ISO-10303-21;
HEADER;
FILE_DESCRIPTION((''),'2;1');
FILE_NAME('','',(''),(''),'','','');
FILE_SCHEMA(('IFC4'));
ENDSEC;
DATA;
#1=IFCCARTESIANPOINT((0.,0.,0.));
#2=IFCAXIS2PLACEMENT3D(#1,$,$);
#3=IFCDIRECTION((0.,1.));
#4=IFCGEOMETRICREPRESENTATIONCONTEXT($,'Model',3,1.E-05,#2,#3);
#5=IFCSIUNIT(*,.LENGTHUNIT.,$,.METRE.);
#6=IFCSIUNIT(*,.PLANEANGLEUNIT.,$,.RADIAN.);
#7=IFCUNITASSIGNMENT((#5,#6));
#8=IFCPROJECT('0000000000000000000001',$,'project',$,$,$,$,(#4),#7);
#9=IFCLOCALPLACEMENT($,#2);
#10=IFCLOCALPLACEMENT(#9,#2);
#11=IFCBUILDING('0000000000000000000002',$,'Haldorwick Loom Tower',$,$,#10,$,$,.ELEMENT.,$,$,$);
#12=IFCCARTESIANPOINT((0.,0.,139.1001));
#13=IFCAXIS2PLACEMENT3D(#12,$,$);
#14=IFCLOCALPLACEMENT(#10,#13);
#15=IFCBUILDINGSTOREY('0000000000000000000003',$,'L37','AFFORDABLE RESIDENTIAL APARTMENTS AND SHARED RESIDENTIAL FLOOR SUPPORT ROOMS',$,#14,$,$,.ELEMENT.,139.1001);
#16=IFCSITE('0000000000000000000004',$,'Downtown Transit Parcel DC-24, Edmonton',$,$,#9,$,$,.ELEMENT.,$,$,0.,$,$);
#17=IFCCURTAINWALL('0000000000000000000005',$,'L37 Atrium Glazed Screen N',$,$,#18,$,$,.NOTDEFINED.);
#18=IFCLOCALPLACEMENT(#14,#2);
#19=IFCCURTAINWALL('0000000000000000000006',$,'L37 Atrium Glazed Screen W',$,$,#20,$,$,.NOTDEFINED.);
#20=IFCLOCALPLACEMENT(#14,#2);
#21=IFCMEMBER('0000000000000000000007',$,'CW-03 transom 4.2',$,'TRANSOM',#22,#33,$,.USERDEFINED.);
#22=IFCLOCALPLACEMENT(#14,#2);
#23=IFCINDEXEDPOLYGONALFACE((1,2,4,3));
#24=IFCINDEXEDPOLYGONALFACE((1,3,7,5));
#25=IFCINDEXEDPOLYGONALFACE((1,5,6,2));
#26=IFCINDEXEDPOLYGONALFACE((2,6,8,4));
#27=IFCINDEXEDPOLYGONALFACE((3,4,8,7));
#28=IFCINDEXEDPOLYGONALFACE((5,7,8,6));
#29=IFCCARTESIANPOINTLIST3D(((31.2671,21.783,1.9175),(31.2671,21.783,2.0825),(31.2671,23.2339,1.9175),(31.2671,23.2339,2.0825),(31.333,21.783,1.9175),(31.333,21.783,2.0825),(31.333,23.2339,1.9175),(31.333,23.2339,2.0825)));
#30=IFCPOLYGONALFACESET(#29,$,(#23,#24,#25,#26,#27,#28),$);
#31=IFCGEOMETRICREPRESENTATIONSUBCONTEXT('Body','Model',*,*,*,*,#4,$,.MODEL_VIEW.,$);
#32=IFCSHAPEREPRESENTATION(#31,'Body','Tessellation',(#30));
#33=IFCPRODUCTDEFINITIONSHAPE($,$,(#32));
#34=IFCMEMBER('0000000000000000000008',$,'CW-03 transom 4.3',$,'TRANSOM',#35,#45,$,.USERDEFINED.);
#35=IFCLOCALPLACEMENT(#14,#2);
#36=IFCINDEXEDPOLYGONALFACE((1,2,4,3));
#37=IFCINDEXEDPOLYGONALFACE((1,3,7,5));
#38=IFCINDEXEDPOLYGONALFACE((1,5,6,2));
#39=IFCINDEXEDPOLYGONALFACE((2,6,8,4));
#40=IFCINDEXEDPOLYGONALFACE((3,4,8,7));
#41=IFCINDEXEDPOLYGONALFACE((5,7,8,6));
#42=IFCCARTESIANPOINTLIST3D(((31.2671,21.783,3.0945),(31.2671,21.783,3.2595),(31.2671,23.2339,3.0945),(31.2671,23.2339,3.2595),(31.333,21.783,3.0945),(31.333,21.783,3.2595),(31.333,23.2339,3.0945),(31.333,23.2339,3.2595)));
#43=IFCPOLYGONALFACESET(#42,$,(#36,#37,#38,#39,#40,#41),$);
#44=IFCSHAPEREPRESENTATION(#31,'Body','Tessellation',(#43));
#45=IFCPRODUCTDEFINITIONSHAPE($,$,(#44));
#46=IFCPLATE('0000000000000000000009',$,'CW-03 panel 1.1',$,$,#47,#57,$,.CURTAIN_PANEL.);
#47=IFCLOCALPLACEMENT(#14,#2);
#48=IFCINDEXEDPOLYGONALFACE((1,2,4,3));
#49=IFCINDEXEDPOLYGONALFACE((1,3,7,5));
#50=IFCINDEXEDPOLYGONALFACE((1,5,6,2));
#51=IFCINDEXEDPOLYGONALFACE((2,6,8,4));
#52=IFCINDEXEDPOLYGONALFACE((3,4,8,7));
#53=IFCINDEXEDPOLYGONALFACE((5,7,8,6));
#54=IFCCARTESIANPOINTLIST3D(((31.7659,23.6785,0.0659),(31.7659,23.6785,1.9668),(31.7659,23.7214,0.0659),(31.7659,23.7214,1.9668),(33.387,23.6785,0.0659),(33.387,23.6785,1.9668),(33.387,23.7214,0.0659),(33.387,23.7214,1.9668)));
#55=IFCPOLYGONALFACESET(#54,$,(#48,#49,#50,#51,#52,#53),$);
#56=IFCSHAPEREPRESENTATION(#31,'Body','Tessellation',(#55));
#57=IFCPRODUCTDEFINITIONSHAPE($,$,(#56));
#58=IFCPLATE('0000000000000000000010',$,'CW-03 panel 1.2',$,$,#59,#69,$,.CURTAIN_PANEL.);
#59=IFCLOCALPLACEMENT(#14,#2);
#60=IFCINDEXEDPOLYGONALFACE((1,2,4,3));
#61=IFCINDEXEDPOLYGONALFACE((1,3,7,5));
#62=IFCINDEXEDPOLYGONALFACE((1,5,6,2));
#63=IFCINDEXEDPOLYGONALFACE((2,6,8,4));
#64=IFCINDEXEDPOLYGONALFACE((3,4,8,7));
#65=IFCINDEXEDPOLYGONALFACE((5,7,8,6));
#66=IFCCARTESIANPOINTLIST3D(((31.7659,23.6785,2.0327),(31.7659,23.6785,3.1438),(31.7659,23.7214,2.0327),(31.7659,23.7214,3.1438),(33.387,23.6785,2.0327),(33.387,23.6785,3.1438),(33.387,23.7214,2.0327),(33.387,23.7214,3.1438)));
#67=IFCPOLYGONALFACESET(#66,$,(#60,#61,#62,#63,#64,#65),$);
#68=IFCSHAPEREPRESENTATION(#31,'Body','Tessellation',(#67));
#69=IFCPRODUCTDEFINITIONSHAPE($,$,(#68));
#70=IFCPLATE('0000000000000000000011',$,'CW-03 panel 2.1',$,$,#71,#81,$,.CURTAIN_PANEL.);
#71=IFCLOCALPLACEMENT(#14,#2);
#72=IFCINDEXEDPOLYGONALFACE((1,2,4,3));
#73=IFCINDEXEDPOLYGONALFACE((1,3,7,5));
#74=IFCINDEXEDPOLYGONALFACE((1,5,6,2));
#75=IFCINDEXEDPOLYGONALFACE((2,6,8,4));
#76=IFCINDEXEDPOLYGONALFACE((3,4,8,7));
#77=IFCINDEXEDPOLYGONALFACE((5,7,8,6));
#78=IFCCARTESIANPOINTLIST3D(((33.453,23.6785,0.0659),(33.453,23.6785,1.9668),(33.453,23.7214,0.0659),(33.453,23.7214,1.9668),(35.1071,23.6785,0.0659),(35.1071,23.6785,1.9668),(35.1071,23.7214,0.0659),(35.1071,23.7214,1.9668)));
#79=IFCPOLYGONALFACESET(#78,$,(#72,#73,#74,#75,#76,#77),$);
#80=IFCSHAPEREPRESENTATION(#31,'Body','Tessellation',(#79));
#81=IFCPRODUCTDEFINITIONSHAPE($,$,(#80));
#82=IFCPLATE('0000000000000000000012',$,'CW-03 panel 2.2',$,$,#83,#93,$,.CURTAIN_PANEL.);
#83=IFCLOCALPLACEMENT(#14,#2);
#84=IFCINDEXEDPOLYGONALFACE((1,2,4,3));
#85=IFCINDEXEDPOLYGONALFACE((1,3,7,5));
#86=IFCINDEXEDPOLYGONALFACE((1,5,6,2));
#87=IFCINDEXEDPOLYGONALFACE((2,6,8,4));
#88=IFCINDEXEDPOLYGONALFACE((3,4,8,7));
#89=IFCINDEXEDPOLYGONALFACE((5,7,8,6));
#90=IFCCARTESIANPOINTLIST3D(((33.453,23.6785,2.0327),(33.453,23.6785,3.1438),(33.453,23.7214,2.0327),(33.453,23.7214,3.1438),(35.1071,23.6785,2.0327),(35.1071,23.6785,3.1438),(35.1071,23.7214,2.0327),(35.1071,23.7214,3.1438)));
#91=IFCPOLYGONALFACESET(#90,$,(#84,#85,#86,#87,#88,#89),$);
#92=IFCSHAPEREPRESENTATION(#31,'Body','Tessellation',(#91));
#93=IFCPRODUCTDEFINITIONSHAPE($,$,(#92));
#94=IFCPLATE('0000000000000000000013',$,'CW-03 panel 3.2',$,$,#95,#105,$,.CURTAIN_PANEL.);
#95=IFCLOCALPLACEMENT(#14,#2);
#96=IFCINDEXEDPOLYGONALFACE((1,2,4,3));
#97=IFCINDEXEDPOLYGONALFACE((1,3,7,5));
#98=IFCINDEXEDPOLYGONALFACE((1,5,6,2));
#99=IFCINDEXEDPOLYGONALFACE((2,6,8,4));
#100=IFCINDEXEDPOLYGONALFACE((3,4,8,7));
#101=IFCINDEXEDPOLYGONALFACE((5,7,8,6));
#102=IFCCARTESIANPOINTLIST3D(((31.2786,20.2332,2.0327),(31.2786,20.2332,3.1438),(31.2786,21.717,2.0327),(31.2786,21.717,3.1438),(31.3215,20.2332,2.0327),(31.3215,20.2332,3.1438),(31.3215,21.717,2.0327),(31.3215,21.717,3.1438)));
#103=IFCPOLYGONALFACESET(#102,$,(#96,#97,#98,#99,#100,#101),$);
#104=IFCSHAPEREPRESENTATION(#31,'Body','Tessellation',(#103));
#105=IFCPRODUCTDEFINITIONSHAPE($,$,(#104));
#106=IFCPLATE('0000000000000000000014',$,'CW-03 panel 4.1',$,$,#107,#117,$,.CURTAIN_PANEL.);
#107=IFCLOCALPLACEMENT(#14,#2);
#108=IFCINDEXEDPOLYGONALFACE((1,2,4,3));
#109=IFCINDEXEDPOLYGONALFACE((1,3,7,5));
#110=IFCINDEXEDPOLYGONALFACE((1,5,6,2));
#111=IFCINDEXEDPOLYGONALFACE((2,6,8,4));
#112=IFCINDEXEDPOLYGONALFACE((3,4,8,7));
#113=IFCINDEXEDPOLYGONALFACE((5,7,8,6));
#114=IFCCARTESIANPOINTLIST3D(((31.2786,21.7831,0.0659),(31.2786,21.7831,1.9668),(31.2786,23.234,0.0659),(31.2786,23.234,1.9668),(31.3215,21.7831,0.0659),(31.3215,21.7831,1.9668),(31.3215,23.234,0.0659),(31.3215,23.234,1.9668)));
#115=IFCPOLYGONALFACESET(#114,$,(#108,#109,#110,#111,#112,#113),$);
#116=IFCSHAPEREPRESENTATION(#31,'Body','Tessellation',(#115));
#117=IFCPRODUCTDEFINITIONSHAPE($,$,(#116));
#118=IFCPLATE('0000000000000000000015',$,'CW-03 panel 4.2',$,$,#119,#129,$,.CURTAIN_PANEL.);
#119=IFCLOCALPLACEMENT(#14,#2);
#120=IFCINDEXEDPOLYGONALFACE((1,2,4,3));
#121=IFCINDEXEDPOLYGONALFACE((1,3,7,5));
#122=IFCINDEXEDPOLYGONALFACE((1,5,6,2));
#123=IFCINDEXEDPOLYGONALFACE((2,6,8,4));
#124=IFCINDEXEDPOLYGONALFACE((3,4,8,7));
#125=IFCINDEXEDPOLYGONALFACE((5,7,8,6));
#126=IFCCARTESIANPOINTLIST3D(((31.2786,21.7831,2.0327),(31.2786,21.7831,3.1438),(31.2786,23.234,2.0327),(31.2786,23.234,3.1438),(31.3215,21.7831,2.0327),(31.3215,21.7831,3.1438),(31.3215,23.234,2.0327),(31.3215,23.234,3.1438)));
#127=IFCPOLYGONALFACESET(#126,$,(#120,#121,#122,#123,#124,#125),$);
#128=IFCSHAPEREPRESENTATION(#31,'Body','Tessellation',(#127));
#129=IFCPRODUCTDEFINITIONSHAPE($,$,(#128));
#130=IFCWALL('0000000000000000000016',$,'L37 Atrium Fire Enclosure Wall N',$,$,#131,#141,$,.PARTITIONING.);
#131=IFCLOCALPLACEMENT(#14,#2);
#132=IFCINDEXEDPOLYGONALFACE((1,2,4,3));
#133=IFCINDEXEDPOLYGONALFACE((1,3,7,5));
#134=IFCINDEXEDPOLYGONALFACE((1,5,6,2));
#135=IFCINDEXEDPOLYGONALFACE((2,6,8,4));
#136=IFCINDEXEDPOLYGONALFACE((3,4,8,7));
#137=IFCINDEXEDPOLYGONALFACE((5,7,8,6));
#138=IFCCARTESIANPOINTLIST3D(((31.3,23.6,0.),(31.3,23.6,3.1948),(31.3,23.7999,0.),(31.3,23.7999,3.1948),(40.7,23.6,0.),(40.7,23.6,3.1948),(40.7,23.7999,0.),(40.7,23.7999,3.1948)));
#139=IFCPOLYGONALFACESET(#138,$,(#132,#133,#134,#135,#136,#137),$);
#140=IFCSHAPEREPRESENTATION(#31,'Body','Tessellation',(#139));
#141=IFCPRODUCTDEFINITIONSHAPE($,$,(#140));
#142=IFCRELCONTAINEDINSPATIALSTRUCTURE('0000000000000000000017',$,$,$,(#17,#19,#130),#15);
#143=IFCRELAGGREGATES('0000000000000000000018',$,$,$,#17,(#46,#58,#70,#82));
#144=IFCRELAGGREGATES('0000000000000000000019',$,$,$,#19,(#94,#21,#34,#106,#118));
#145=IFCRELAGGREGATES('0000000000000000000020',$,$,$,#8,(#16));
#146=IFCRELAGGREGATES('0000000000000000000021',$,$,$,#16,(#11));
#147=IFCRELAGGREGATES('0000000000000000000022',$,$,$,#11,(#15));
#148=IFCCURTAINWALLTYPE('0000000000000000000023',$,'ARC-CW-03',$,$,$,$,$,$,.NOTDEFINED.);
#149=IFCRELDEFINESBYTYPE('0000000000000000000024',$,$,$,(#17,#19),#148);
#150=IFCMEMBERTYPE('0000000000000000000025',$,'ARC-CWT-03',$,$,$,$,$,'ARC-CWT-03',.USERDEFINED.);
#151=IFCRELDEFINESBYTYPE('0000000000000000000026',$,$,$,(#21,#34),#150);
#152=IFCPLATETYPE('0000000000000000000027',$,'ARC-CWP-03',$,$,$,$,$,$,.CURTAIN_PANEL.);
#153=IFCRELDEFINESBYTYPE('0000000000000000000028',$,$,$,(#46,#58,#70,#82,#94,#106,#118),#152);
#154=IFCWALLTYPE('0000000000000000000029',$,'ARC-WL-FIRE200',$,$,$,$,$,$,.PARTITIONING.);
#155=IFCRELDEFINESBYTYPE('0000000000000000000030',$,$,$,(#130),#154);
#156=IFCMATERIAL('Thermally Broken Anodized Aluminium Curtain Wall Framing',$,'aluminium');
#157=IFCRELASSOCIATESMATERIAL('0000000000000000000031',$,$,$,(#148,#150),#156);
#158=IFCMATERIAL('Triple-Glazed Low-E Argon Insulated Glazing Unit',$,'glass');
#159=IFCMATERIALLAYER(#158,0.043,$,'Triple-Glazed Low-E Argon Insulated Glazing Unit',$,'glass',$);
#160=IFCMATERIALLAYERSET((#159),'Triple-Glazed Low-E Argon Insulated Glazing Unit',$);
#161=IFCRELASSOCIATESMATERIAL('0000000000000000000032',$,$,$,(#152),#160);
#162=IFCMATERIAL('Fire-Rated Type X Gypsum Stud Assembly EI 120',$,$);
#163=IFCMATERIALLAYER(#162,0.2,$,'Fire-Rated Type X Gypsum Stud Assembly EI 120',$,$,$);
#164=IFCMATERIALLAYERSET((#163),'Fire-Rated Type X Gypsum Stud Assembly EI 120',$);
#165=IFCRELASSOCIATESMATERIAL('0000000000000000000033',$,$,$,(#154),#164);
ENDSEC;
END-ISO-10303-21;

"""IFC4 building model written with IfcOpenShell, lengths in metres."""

from ifc_helpers import new_model, si_unit, direction, frame, frame_2d, origin, origin_2d, place, context, subcontext, project, spatial, rectangle, extrude, material, layer, layer_set, material_profile, profile_set, type_object, element, aggregate, save


model = new_model("IFC4")

# Units and contexts
model_context = context("Model", 3, precision=1e-05, world=origin(), true_north=direction((0.0, 1.0)))
body_context = subcontext(model_context, "Body", "Model", "MODEL_VIEW")
ifc_project = project(units=[si_unit("LENGTHUNIT", "METRE"), si_unit("PLANEANGLEUNIT", "RADIAN")], contexts=[model_context])

# Site, building, storey
site_placement = place(None, origin())
site = spatial("IfcSite", under=ifc_project, at=site_placement, Name="Downtown Transit Parcel DC-24, Edmonton", CompositionType="ELEMENT", RefElevation=0.0)
building_placement = place(site_placement, origin())
building = spatial("IfcBuilding", under=site, at=building_placement, Name="Haldorwick Loom Tower", CompositionType="ELEMENT")
storey_placement = place(building_placement, frame((0.0, 0.0, 139.1001)))
storey = spatial("IfcBuildingStorey", under=building, at=storey_placement, Name="L37", Description="AFFORDABLE RESIDENTIAL APARTMENTS AND SHARED RESIDENTIAL FLOOR SUPPORT ROOMS", CompositionType="ELEMENT", Elevation=139.1001)

# Curtain walls
ifc_material_1 = material(Name="Thermally Broken Anodized Aluminium Curtain Wall Framing", Category="aluminium")
curtain_wall_type = type_object("IfcCurtainWallType", Name="ARC-CW-03", PredefinedType="NOTDEFINED", material=ifc_material_1)
curtain_wall_1_placement = place(storey_placement, origin())
curtain_wall_1 = element("IfcCurtainWall", 1, at=curtain_wall_1_placement, inside=storey, type_object=curtain_wall_type, Name="L37 Atrium Glazed Screen N", PredefinedType="NOTDEFINED")
curtain_wall_2_placement = place(storey_placement, origin())
curtain_wall_2 = element("IfcCurtainWall", 2, at=curtain_wall_2_placement, inside=storey, type_object=curtain_wall_type, Name="L37 Atrium Glazed Screen W", PredefinedType="NOTDEFINED")

# Members
ifc_material_profile_1 = material_profile(ifc_material_1, rectangle(XDim=0.0659, YDim=0.165, at=origin_2d()), Name="ALU_TRN_66X165", Category="aluminium")
ifc_profile_set_1 = profile_set([ifc_material_profile_1], Name="Thermally Broken Anodized Aluminium Curtain Wall Framing")
member_type_1 = type_object("IfcMemberType", Name="ARC-CWT-03", ElementType="ARC-CWT-03", PredefinedType="USERDEFINED", material=ifc_profile_set_1)
member_1_placement = place(storey_placement, frame((31.3, 21.783, 2.0), z_axis=(0.0, 1.0, 0.0), x_axis=(-1.0, 0.0, 0.0)))
member_1 = element("IfcMember", 3, at=member_1_placement, type_object=member_type_1, Name="CW-03 transom 4.2", ObjectType="TRANSOM", PredefinedType="USERDEFINED", context=body_context, shape_type="SweptSolid", body=[
    extrude(rectangle(XDim=0.0659, YDim=0.165, at=origin_2d()), origin(), (0.0, 0.0, 1.0), 1.4509),
])
member_2_placement = place(storey_placement, frame((31.3, 21.783, 3.177), z_axis=(0.0, 1.0, 0.0), x_axis=(-1.0, 0.0, 0.0)))
member_2 = element("IfcMember", 4, at=member_2_placement, type_object=member_type_1, Name="CW-03 transom 4.3", ObjectType="TRANSOM", PredefinedType="USERDEFINED", context=body_context, shape_type="SweptSolid", body=[
    extrude(rectangle(XDim=0.0659, YDim=0.165, at=origin_2d()), origin(), (0.0, 0.0, 1.0), 1.4509),
])

# Plates
ifc_material_2 = material(Name="Triple-Glazed Low-E Argon Insulated Glazing Unit", Category="glass")
ifc_layer_1 = layer(ifc_material_2, 0.043, Name="Triple-Glazed Low-E Argon Insulated Glazing Unit", Category="glass")
ifc_layer_set_1 = layer_set([ifc_layer_1], Name="Triple-Glazed Low-E Argon Insulated Glazing Unit")
plate_type = type_object("IfcPlateType", Name="ARC-CWP-03", PredefinedType="CURTAIN_PANEL", material=ifc_layer_set_1)
plate_1_placement = place(storey_placement, frame((32.5764, 23.7, 0.0659), z_axis=(0.0, 0.0, 1.0), x_axis=(1.0, 0.0, 0.0)))
plate_1 = element("IfcPlate", 5, at=plate_1_placement, type_object=plate_type, Name="CW-03 panel 1.1", PredefinedType="CURTAIN_PANEL", context=body_context, shape_type="SweptSolid", body=[
    extrude(rectangle(XDim=1.6211, YDim=0.043, at=origin_2d()), origin(), (0.0, 0.0, 1.0), 1.9009),
])
plate_2_placement = place(storey_placement, frame((32.5764, 23.7, 2.0327), z_axis=(0.0, 0.0, 1.0), x_axis=(1.0, 0.0, 0.0)))
plate_2 = element("IfcPlate", 6, at=plate_2_placement, type_object=plate_type, Name="CW-03 panel 1.2", PredefinedType="CURTAIN_PANEL", context=body_context, shape_type="SweptSolid", body=[
    extrude(rectangle(XDim=1.6211, YDim=0.043, at=origin_2d()), origin(), (0.0, 0.0, 1.0), 1.1111),
])
plate_3_placement = place(storey_placement, frame((34.28, 23.7, 0.0659), z_axis=(0.0, 0.0, 1.0), x_axis=(1.0, 0.0, 0.0)))
plate_3 = element("IfcPlate", 7, at=plate_3_placement, type_object=plate_type, Name="CW-03 panel 2.1", PredefinedType="CURTAIN_PANEL", context=body_context, shape_type="SweptSolid", body=[
    extrude(rectangle(XDim=1.6541, YDim=0.043, at=origin_2d()), origin(), (0.0, 0.0, 1.0), 1.9009),
])
plate_4_placement = place(storey_placement, frame((34.28, 23.7, 2.0327), z_axis=(0.0, 0.0, 1.0), x_axis=(1.0, 0.0, 0.0)))
plate_4 = element("IfcPlate", 8, at=plate_4_placement, type_object=plate_type, Name="CW-03 panel 2.2", PredefinedType="CURTAIN_PANEL", context=body_context, shape_type="SweptSolid", body=[
    extrude(rectangle(XDim=1.6541, YDim=0.043, at=origin_2d()), origin(), (0.0, 0.0, 1.0), 1.1111),
])
aggregate(curtain_wall_1, [plate_1, plate_2, plate_3, plate_4])
plate_5_placement = place(storey_placement, frame((31.3, 20.9751, 2.0327), z_axis=(0.0, 0.0, 1.0), x_axis=(0.0, 1.0, 0.0)))
plate_5 = element("IfcPlate", 9, at=plate_5_placement, type_object=plate_type, Name="CW-03 panel 3.2", PredefinedType="CURTAIN_PANEL", context=body_context, shape_type="SweptSolid", body=[
    extrude(rectangle(XDim=1.4839, YDim=0.043, at=origin_2d()), origin(), (0.0, 0.0, 1.0), 1.1111),
])
plate_6_placement = place(storey_placement, frame((31.3, 22.5085, 0.0659), z_axis=(0.0, 0.0, 1.0), x_axis=(0.0, 1.0, 0.0)))
plate_6 = element("IfcPlate", 10, at=plate_6_placement, type_object=plate_type, Name="CW-03 panel 4.1", PredefinedType="CURTAIN_PANEL", context=body_context, shape_type="SweptSolid", body=[
    extrude(rectangle(XDim=1.4509, YDim=0.043, at=origin_2d()), origin(), (0.0, 0.0, 1.0), 1.9009),
])
plate_7_placement = place(storey_placement, frame((31.3, 22.5085, 2.0327), z_axis=(0.0, 0.0, 1.0), x_axis=(0.0, 1.0, 0.0)))
plate_7 = element("IfcPlate", 11, at=plate_7_placement, type_object=plate_type, Name="CW-03 panel 4.2", PredefinedType="CURTAIN_PANEL", context=body_context, shape_type="SweptSolid", body=[
    extrude(rectangle(XDim=1.4509, YDim=0.043, at=origin_2d()), origin(), (0.0, 0.0, 1.0), 1.1111),
])
aggregate(curtain_wall_2, [plate_5, member_1, member_2, plate_6, plate_7])

# Wall
ifc_material_3 = material(Name="Fire-Rated Type X Gypsum Stud Assembly EI 120")
ifc_layer_2 = layer(ifc_material_3, 0.2, Name="Fire-Rated Type X Gypsum Stud Assembly EI 120")
ifc_layer_set_2 = layer_set([ifc_layer_2], Name="Fire-Rated Type X Gypsum Stud Assembly EI 120")
wall_type = type_object("IfcWallType", Name="ARC-WL-FIRE200", PredefinedType="PARTITIONING", material=ifc_layer_set_2)
wall_placement = place(storey_placement, frame((31.3, 23.7, 0.0), z_axis=(0.0, 0.0, 1.0), x_axis=(1.0, 0.0, 0.0)))
element("IfcWall", 12, at=wall_placement, inside=storey, type_object=wall_type, Name="L37 Atrium Fire Enclosure Wall N", PredefinedType="PARTITIONING", context=body_context, shape_type="SweptSolid", body=[
    extrude(rectangle(XDim=9.3999, YDim=0.2, at=frame_2d((4.7, 0.0))), origin(), (0.0, 0.0, 1.0), 3.1948),
])

save(model, "model.ifc")
